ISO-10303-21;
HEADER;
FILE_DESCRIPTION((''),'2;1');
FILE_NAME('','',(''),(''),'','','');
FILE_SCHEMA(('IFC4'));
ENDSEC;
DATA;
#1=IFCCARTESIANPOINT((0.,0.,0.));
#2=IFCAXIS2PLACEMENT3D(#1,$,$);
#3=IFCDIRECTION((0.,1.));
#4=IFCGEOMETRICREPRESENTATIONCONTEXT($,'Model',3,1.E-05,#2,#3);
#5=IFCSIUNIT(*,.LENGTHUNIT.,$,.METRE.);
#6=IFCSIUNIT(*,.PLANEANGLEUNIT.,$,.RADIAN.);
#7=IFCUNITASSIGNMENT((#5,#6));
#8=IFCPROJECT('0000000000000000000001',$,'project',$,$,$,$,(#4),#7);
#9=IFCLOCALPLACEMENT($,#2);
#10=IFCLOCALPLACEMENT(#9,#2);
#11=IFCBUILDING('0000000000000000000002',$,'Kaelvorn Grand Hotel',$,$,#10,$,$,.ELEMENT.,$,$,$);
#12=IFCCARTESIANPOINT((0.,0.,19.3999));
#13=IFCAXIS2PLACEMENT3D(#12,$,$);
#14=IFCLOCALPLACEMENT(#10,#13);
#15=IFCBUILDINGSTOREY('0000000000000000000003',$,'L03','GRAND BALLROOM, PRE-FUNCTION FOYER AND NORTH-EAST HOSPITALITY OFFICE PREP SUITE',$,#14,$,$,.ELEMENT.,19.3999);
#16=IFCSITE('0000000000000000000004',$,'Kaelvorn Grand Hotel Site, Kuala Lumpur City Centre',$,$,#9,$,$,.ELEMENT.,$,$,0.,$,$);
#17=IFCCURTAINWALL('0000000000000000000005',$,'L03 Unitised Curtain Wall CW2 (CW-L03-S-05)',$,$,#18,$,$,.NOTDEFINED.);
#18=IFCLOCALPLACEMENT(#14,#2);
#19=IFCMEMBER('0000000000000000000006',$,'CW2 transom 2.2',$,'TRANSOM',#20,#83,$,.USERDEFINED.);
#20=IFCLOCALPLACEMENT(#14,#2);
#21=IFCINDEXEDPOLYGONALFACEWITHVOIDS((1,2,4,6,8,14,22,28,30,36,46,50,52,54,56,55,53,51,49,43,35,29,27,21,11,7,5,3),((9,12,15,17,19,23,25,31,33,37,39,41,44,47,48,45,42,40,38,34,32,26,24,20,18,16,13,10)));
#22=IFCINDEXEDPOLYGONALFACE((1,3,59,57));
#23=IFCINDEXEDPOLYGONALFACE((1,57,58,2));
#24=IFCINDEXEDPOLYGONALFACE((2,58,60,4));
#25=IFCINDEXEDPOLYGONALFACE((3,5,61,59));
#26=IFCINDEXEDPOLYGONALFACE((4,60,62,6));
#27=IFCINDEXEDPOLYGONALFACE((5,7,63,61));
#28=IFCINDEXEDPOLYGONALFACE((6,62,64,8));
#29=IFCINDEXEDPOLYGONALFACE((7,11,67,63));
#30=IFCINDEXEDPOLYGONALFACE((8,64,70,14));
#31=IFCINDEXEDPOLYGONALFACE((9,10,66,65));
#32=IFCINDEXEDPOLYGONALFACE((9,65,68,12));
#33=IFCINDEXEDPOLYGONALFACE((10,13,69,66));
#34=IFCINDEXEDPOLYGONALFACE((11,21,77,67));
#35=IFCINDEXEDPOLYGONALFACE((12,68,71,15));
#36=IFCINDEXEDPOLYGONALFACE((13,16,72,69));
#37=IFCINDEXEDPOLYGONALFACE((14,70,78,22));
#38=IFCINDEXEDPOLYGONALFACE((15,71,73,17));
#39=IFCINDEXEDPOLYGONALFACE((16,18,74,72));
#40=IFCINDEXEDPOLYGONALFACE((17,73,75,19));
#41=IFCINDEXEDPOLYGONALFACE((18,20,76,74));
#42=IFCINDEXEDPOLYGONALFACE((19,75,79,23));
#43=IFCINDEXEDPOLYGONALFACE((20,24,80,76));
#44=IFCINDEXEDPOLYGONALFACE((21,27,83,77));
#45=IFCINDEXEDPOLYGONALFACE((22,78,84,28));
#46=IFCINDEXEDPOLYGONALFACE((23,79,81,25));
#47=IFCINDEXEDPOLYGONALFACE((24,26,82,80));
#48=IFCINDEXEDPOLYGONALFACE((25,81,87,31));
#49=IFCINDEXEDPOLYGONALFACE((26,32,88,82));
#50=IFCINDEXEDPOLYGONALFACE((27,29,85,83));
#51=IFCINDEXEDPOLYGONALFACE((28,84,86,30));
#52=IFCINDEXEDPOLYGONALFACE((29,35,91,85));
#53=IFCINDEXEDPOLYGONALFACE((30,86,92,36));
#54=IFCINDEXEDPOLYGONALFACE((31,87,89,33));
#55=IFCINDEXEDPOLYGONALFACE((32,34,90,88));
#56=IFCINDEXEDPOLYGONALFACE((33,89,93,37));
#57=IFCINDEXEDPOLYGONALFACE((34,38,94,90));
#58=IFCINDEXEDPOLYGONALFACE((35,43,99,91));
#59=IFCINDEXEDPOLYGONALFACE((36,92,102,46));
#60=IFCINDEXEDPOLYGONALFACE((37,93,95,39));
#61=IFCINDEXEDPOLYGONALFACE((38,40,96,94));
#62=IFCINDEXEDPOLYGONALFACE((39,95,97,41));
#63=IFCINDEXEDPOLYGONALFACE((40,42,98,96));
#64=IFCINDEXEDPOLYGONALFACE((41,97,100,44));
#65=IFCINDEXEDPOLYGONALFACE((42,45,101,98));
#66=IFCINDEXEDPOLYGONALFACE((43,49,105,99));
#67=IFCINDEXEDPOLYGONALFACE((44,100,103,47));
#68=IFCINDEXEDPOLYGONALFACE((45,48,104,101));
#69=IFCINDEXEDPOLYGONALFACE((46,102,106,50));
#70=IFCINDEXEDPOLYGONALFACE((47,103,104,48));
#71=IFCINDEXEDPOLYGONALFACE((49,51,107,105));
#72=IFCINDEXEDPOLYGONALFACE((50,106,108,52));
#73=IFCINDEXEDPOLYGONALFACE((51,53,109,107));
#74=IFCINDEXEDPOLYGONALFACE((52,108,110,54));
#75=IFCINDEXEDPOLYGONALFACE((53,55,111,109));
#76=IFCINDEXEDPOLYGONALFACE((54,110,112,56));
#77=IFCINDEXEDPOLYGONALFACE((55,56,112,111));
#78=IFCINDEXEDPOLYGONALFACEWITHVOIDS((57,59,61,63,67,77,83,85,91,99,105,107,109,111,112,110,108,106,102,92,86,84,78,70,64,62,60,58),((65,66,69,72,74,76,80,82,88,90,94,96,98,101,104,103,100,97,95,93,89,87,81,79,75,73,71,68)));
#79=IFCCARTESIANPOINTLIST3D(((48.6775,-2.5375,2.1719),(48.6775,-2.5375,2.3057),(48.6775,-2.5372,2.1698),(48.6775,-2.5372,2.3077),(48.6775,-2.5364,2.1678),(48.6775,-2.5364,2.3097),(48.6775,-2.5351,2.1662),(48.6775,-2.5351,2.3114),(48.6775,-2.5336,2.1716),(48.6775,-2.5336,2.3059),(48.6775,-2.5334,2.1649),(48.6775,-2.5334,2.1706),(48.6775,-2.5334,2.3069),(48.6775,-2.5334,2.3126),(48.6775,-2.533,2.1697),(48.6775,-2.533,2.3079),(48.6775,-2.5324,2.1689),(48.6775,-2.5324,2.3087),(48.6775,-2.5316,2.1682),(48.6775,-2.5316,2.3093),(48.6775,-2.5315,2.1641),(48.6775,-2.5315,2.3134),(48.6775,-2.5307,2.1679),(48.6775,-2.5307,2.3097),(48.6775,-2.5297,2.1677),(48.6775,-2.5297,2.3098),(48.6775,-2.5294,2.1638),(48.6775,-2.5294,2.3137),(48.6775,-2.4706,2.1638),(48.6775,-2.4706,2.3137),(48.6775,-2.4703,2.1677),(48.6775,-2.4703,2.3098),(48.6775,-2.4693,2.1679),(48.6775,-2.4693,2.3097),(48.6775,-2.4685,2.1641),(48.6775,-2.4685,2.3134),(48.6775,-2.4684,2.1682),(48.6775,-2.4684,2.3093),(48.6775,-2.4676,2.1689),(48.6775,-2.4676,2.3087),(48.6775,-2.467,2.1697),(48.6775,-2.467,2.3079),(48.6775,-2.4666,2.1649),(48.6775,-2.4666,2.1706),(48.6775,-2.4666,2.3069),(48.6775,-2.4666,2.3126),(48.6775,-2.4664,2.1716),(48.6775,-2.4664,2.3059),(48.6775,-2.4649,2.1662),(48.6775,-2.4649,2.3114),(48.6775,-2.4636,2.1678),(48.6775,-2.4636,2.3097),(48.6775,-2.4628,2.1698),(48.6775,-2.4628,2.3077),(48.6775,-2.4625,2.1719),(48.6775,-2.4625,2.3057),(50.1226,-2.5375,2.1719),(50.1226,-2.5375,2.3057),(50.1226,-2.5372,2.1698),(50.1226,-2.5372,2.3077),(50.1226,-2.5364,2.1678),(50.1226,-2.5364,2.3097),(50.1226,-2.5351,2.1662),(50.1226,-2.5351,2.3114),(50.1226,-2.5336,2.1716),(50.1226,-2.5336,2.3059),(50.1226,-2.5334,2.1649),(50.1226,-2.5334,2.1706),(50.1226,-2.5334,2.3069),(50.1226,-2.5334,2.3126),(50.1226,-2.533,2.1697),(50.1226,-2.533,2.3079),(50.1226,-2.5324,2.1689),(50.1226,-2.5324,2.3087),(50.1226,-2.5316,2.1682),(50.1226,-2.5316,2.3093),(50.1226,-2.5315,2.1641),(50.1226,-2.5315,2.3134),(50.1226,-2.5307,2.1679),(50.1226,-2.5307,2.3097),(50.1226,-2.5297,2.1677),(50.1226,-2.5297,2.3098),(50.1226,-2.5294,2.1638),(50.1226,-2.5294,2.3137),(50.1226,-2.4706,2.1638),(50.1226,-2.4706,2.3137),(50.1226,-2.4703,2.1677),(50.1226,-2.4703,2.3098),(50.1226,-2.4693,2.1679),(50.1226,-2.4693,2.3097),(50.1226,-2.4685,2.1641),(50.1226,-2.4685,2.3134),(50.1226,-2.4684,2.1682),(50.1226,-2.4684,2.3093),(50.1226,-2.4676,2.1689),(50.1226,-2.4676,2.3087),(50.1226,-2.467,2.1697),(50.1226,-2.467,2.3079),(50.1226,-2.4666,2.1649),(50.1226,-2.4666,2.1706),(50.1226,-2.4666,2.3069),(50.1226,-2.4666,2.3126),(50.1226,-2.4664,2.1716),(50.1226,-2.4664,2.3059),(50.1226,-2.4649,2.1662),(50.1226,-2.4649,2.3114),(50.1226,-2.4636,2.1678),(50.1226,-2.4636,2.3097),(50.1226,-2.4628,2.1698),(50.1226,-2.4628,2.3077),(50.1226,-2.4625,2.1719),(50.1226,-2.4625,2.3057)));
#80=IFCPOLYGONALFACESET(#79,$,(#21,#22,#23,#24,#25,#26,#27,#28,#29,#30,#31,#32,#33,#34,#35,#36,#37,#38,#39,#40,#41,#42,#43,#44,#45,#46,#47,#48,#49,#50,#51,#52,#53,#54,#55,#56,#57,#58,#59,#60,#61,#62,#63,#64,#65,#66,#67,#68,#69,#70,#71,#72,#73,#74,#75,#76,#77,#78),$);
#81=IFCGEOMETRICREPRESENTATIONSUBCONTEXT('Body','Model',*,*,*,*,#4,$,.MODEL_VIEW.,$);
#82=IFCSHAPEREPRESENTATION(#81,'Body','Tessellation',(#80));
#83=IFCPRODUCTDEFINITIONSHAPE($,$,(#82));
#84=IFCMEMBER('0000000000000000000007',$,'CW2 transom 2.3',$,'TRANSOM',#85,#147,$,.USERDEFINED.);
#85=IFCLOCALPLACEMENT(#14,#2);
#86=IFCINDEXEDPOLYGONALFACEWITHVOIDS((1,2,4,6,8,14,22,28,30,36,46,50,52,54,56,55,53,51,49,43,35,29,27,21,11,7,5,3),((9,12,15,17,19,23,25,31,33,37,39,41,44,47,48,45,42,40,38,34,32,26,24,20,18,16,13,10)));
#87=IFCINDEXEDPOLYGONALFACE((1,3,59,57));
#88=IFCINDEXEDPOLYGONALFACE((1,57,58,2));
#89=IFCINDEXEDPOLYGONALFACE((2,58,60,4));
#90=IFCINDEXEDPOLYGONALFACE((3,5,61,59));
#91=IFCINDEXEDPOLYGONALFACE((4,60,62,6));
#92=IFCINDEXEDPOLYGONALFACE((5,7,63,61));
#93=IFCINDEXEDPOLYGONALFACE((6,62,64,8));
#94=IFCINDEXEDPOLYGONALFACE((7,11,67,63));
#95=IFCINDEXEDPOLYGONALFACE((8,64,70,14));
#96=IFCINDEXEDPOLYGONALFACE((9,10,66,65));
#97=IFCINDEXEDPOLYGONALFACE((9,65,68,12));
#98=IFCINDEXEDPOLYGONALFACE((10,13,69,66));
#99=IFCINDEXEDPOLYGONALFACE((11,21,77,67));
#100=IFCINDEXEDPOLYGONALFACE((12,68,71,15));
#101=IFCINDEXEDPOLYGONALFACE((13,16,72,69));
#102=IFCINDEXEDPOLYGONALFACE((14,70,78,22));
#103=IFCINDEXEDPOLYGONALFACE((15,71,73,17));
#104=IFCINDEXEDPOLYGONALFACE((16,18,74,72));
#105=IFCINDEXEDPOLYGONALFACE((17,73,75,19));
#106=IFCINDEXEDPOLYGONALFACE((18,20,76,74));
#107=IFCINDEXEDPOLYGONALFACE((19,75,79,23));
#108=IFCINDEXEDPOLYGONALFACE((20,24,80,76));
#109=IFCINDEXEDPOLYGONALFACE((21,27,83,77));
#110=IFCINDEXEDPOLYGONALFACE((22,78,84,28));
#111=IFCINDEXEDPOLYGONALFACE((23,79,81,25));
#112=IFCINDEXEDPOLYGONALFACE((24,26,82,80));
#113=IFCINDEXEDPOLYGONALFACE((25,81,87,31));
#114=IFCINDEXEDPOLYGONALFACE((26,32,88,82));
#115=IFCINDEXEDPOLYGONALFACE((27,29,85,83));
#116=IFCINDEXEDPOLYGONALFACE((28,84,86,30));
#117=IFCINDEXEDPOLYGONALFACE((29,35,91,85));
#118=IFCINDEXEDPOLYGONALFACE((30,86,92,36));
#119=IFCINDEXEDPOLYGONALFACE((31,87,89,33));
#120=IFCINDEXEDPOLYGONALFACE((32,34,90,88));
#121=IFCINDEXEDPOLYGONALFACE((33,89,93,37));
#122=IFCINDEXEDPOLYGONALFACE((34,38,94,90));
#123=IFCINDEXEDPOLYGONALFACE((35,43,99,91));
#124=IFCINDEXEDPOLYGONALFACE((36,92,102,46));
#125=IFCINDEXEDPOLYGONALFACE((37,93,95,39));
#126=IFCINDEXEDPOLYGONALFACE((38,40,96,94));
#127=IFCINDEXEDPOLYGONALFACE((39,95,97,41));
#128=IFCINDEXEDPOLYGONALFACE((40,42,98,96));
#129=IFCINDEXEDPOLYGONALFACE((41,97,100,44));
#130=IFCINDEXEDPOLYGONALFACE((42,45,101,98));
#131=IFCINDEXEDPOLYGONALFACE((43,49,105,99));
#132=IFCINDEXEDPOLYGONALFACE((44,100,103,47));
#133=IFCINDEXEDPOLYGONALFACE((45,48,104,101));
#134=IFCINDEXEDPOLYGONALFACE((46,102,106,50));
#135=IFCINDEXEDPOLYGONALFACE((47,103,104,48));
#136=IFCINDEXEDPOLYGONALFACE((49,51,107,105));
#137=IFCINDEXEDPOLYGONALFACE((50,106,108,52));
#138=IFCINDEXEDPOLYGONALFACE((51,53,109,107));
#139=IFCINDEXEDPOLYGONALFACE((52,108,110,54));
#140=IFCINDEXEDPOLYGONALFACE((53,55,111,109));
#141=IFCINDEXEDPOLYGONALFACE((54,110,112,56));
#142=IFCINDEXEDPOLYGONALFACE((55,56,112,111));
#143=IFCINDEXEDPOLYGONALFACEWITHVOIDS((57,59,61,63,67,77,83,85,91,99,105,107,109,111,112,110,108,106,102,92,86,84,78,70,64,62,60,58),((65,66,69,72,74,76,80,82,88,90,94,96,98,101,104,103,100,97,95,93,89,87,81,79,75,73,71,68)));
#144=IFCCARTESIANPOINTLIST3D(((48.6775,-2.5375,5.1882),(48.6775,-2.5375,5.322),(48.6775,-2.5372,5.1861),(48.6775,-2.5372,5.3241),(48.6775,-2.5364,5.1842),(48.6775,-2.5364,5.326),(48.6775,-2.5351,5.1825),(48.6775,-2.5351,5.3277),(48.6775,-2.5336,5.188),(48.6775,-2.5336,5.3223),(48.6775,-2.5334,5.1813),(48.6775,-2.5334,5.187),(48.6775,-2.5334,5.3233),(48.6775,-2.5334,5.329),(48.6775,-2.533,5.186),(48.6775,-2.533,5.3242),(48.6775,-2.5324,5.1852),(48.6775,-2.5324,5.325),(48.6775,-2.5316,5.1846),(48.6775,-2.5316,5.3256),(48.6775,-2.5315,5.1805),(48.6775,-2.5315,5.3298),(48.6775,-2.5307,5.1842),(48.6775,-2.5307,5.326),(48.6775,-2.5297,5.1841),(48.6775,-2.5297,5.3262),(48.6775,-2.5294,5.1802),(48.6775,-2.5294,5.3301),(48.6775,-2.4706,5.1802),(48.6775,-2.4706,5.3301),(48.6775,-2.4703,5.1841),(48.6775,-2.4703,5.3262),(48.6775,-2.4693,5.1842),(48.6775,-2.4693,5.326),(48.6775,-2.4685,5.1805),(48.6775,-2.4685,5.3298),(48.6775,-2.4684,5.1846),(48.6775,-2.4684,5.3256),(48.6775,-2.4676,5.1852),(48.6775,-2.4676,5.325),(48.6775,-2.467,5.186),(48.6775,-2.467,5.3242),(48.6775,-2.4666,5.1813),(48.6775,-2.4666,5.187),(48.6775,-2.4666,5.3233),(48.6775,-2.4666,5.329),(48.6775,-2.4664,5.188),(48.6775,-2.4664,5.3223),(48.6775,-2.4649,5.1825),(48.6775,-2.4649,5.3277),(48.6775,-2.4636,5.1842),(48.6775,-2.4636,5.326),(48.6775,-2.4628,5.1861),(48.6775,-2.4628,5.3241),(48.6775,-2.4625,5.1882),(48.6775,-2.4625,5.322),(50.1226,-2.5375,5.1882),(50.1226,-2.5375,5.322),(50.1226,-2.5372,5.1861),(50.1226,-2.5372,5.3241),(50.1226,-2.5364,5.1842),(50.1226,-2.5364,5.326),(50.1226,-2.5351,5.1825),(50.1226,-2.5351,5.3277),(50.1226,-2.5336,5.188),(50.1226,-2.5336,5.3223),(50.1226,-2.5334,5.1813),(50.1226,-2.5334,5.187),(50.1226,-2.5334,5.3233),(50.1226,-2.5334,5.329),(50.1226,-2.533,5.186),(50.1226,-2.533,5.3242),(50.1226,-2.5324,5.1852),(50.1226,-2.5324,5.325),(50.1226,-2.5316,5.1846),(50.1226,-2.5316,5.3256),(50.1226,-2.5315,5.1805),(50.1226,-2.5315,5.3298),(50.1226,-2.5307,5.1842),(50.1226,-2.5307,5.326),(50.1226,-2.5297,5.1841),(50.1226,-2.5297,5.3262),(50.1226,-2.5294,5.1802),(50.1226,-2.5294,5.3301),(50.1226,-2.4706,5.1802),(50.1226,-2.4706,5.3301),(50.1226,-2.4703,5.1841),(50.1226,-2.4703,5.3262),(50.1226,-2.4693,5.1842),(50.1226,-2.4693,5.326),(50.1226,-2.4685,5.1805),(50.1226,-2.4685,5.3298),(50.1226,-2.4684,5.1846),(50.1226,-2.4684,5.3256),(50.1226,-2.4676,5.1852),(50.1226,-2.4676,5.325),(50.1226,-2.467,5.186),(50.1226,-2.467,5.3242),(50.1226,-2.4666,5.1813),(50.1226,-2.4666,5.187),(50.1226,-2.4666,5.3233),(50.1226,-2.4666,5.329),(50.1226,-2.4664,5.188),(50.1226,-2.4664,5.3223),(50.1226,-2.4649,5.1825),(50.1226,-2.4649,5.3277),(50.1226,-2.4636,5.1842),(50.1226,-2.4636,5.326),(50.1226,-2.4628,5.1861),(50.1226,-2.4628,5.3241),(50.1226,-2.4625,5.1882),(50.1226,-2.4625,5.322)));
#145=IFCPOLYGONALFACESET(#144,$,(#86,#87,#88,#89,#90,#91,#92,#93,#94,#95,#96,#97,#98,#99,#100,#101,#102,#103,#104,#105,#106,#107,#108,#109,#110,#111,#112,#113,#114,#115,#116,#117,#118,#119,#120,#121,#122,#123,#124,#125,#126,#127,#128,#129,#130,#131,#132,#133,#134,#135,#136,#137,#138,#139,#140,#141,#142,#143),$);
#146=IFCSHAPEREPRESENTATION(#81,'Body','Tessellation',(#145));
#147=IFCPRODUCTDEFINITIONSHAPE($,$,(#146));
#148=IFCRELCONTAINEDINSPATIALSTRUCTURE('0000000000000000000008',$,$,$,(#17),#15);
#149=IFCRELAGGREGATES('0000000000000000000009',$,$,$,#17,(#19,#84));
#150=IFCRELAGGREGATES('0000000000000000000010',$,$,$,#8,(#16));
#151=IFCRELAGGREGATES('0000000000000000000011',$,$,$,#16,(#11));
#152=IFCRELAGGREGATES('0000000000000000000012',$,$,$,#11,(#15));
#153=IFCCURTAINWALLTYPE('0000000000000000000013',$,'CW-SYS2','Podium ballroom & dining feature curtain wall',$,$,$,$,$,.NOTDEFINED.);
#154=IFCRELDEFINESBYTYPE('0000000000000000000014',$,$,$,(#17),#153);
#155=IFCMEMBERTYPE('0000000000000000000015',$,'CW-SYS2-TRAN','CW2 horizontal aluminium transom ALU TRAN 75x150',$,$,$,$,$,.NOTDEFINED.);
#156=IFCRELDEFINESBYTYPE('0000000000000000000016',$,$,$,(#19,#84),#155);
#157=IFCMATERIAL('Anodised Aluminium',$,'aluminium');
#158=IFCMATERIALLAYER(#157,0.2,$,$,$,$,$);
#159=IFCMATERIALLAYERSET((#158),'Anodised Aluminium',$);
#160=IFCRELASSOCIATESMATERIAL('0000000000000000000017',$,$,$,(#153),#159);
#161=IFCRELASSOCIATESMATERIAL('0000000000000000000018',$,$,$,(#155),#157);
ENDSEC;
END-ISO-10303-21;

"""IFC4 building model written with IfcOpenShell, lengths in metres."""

from ifc_helpers import new_model, si_unit, direction, frame, origin, origin_2d, place, context, subcontext, project, spatial, hollow_rectangle, extrude, material, layer, layer_set, material_profile, profile_set, type_object, element, aggregate, save


model = new_model("IFC4")

# Units and contexts
model_context = context("Model", 3, precision=1e-05, world=origin(), true_north=direction((0.0, 1.0)))
body_context = subcontext(model_context, "Body", "Model", "MODEL_VIEW")
ifc_project = project(units=[si_unit("LENGTHUNIT", "METRE"), si_unit("PLANEANGLEUNIT", "RADIAN")], contexts=[model_context])

# Site, building, storey
site_placement = place(None, origin())
site = spatial("IfcSite", under=ifc_project, at=site_placement, Name="Kaelvorn Grand Hotel Site, Kuala Lumpur City Centre", CompositionType="ELEMENT", RefElevation=0.0)
building_placement = place(site_placement, origin())
building = spatial("IfcBuilding", under=site, at=building_placement, Name="Kaelvorn Grand Hotel", CompositionType="ELEMENT")
storey_placement = place(building_placement, frame((0.0, 0.0, 19.3999)))
storey = spatial("IfcBuildingStorey", under=building, at=storey_placement, Name="L03", Description="GRAND BALLROOM, PRE-FUNCTION FOYER AND NORTH-EAST HOSPITALITY OFFICE PREP SUITE", CompositionType="ELEMENT", Elevation=19.3999)

# Curtain wall
ifc_material_1 = material(Name="Anodised Aluminium", Category="aluminium")
ifc_layer_1 = layer(ifc_material_1, 0.2)
ifc_layer_set_1 = layer_set([ifc_layer_1], Name="Anodised Aluminium")
curtain_wall_type = type_object("IfcCurtainWallType", Name="CW-SYS2", Description="Podium ballroom & dining feature curtain wall", PredefinedType="NOTDEFINED", material=ifc_layer_set_1)
curtain_wall_1_placement = place(storey_placement, origin())
curtain_wall_1 = element("IfcCurtainWall", 1, at=curtain_wall_1_placement, inside=storey, type_object=curtain_wall_type, Name="L03 Unitised Curtain Wall CW2 (CW-L03-S-05)", PredefinedType="NOTDEFINED")

# Members
ifc_material_profile_1 = material_profile(ifc_material_1, hollow_rectangle(XDim=0.075, YDim=0.1499, WallThickness=0.0039, InnerFilletRadius=0.0039, OuterFilletRadius=0.0081, at=origin_2d()), Name="ALU TRAN 75x150")
ifc_profile_set_1 = profile_set([ifc_material_profile_1], Name="Anodised Aluminium")
member_type_1 = type_object("IfcMemberType", Name="CW-SYS2-TRAN", Description="CW2 horizontal aluminium transom ALU TRAN 75x150", PredefinedType="NOTDEFINED", material=ifc_profile_set_1)
member_1_placement = place(storey_placement, frame((48.6775, -2.5, 2.2388), z_axis=(1.0, 0.0, 0.0), x_axis=(0.0, 1.0, 0.0)))
member_1 = element("IfcMember", 2, at=member_1_placement, type_object=member_type_1, Name="CW2 transom 2.2", ObjectType="TRANSOM", PredefinedType="USERDEFINED", context=body_context, shape_type="SweptSolid", body=[
    extrude(hollow_rectangle(XDim=0.075, YDim=0.1499, WallThickness=0.0039, InnerFilletRadius=0.0039, OuterFilletRadius=0.0081, at=origin_2d()), origin(), (0.0, 0.0, 1.0), 1.4451),
])
member_2_placement = place(storey_placement, frame((48.6775, -2.5, 5.2551), z_axis=(1.0, 0.0, 0.0), x_axis=(0.0, 1.0, 0.0)))
member_2 = element("IfcMember", 3, at=member_2_placement, type_object=member_type_1, Name="CW2 transom 2.3", ObjectType="TRANSOM", PredefinedType="USERDEFINED", context=body_context, shape_type="SweptSolid", body=[
    extrude(hollow_rectangle(XDim=0.075, YDim=0.1499, WallThickness=0.0039, InnerFilletRadius=0.0039, OuterFilletRadius=0.0081, at=origin_2d()), origin(), (0.0, 0.0, 1.0), 1.4451),
])

aggregate(curtain_wall_1, [member_1, member_2])

save(model, "model.ifc")
